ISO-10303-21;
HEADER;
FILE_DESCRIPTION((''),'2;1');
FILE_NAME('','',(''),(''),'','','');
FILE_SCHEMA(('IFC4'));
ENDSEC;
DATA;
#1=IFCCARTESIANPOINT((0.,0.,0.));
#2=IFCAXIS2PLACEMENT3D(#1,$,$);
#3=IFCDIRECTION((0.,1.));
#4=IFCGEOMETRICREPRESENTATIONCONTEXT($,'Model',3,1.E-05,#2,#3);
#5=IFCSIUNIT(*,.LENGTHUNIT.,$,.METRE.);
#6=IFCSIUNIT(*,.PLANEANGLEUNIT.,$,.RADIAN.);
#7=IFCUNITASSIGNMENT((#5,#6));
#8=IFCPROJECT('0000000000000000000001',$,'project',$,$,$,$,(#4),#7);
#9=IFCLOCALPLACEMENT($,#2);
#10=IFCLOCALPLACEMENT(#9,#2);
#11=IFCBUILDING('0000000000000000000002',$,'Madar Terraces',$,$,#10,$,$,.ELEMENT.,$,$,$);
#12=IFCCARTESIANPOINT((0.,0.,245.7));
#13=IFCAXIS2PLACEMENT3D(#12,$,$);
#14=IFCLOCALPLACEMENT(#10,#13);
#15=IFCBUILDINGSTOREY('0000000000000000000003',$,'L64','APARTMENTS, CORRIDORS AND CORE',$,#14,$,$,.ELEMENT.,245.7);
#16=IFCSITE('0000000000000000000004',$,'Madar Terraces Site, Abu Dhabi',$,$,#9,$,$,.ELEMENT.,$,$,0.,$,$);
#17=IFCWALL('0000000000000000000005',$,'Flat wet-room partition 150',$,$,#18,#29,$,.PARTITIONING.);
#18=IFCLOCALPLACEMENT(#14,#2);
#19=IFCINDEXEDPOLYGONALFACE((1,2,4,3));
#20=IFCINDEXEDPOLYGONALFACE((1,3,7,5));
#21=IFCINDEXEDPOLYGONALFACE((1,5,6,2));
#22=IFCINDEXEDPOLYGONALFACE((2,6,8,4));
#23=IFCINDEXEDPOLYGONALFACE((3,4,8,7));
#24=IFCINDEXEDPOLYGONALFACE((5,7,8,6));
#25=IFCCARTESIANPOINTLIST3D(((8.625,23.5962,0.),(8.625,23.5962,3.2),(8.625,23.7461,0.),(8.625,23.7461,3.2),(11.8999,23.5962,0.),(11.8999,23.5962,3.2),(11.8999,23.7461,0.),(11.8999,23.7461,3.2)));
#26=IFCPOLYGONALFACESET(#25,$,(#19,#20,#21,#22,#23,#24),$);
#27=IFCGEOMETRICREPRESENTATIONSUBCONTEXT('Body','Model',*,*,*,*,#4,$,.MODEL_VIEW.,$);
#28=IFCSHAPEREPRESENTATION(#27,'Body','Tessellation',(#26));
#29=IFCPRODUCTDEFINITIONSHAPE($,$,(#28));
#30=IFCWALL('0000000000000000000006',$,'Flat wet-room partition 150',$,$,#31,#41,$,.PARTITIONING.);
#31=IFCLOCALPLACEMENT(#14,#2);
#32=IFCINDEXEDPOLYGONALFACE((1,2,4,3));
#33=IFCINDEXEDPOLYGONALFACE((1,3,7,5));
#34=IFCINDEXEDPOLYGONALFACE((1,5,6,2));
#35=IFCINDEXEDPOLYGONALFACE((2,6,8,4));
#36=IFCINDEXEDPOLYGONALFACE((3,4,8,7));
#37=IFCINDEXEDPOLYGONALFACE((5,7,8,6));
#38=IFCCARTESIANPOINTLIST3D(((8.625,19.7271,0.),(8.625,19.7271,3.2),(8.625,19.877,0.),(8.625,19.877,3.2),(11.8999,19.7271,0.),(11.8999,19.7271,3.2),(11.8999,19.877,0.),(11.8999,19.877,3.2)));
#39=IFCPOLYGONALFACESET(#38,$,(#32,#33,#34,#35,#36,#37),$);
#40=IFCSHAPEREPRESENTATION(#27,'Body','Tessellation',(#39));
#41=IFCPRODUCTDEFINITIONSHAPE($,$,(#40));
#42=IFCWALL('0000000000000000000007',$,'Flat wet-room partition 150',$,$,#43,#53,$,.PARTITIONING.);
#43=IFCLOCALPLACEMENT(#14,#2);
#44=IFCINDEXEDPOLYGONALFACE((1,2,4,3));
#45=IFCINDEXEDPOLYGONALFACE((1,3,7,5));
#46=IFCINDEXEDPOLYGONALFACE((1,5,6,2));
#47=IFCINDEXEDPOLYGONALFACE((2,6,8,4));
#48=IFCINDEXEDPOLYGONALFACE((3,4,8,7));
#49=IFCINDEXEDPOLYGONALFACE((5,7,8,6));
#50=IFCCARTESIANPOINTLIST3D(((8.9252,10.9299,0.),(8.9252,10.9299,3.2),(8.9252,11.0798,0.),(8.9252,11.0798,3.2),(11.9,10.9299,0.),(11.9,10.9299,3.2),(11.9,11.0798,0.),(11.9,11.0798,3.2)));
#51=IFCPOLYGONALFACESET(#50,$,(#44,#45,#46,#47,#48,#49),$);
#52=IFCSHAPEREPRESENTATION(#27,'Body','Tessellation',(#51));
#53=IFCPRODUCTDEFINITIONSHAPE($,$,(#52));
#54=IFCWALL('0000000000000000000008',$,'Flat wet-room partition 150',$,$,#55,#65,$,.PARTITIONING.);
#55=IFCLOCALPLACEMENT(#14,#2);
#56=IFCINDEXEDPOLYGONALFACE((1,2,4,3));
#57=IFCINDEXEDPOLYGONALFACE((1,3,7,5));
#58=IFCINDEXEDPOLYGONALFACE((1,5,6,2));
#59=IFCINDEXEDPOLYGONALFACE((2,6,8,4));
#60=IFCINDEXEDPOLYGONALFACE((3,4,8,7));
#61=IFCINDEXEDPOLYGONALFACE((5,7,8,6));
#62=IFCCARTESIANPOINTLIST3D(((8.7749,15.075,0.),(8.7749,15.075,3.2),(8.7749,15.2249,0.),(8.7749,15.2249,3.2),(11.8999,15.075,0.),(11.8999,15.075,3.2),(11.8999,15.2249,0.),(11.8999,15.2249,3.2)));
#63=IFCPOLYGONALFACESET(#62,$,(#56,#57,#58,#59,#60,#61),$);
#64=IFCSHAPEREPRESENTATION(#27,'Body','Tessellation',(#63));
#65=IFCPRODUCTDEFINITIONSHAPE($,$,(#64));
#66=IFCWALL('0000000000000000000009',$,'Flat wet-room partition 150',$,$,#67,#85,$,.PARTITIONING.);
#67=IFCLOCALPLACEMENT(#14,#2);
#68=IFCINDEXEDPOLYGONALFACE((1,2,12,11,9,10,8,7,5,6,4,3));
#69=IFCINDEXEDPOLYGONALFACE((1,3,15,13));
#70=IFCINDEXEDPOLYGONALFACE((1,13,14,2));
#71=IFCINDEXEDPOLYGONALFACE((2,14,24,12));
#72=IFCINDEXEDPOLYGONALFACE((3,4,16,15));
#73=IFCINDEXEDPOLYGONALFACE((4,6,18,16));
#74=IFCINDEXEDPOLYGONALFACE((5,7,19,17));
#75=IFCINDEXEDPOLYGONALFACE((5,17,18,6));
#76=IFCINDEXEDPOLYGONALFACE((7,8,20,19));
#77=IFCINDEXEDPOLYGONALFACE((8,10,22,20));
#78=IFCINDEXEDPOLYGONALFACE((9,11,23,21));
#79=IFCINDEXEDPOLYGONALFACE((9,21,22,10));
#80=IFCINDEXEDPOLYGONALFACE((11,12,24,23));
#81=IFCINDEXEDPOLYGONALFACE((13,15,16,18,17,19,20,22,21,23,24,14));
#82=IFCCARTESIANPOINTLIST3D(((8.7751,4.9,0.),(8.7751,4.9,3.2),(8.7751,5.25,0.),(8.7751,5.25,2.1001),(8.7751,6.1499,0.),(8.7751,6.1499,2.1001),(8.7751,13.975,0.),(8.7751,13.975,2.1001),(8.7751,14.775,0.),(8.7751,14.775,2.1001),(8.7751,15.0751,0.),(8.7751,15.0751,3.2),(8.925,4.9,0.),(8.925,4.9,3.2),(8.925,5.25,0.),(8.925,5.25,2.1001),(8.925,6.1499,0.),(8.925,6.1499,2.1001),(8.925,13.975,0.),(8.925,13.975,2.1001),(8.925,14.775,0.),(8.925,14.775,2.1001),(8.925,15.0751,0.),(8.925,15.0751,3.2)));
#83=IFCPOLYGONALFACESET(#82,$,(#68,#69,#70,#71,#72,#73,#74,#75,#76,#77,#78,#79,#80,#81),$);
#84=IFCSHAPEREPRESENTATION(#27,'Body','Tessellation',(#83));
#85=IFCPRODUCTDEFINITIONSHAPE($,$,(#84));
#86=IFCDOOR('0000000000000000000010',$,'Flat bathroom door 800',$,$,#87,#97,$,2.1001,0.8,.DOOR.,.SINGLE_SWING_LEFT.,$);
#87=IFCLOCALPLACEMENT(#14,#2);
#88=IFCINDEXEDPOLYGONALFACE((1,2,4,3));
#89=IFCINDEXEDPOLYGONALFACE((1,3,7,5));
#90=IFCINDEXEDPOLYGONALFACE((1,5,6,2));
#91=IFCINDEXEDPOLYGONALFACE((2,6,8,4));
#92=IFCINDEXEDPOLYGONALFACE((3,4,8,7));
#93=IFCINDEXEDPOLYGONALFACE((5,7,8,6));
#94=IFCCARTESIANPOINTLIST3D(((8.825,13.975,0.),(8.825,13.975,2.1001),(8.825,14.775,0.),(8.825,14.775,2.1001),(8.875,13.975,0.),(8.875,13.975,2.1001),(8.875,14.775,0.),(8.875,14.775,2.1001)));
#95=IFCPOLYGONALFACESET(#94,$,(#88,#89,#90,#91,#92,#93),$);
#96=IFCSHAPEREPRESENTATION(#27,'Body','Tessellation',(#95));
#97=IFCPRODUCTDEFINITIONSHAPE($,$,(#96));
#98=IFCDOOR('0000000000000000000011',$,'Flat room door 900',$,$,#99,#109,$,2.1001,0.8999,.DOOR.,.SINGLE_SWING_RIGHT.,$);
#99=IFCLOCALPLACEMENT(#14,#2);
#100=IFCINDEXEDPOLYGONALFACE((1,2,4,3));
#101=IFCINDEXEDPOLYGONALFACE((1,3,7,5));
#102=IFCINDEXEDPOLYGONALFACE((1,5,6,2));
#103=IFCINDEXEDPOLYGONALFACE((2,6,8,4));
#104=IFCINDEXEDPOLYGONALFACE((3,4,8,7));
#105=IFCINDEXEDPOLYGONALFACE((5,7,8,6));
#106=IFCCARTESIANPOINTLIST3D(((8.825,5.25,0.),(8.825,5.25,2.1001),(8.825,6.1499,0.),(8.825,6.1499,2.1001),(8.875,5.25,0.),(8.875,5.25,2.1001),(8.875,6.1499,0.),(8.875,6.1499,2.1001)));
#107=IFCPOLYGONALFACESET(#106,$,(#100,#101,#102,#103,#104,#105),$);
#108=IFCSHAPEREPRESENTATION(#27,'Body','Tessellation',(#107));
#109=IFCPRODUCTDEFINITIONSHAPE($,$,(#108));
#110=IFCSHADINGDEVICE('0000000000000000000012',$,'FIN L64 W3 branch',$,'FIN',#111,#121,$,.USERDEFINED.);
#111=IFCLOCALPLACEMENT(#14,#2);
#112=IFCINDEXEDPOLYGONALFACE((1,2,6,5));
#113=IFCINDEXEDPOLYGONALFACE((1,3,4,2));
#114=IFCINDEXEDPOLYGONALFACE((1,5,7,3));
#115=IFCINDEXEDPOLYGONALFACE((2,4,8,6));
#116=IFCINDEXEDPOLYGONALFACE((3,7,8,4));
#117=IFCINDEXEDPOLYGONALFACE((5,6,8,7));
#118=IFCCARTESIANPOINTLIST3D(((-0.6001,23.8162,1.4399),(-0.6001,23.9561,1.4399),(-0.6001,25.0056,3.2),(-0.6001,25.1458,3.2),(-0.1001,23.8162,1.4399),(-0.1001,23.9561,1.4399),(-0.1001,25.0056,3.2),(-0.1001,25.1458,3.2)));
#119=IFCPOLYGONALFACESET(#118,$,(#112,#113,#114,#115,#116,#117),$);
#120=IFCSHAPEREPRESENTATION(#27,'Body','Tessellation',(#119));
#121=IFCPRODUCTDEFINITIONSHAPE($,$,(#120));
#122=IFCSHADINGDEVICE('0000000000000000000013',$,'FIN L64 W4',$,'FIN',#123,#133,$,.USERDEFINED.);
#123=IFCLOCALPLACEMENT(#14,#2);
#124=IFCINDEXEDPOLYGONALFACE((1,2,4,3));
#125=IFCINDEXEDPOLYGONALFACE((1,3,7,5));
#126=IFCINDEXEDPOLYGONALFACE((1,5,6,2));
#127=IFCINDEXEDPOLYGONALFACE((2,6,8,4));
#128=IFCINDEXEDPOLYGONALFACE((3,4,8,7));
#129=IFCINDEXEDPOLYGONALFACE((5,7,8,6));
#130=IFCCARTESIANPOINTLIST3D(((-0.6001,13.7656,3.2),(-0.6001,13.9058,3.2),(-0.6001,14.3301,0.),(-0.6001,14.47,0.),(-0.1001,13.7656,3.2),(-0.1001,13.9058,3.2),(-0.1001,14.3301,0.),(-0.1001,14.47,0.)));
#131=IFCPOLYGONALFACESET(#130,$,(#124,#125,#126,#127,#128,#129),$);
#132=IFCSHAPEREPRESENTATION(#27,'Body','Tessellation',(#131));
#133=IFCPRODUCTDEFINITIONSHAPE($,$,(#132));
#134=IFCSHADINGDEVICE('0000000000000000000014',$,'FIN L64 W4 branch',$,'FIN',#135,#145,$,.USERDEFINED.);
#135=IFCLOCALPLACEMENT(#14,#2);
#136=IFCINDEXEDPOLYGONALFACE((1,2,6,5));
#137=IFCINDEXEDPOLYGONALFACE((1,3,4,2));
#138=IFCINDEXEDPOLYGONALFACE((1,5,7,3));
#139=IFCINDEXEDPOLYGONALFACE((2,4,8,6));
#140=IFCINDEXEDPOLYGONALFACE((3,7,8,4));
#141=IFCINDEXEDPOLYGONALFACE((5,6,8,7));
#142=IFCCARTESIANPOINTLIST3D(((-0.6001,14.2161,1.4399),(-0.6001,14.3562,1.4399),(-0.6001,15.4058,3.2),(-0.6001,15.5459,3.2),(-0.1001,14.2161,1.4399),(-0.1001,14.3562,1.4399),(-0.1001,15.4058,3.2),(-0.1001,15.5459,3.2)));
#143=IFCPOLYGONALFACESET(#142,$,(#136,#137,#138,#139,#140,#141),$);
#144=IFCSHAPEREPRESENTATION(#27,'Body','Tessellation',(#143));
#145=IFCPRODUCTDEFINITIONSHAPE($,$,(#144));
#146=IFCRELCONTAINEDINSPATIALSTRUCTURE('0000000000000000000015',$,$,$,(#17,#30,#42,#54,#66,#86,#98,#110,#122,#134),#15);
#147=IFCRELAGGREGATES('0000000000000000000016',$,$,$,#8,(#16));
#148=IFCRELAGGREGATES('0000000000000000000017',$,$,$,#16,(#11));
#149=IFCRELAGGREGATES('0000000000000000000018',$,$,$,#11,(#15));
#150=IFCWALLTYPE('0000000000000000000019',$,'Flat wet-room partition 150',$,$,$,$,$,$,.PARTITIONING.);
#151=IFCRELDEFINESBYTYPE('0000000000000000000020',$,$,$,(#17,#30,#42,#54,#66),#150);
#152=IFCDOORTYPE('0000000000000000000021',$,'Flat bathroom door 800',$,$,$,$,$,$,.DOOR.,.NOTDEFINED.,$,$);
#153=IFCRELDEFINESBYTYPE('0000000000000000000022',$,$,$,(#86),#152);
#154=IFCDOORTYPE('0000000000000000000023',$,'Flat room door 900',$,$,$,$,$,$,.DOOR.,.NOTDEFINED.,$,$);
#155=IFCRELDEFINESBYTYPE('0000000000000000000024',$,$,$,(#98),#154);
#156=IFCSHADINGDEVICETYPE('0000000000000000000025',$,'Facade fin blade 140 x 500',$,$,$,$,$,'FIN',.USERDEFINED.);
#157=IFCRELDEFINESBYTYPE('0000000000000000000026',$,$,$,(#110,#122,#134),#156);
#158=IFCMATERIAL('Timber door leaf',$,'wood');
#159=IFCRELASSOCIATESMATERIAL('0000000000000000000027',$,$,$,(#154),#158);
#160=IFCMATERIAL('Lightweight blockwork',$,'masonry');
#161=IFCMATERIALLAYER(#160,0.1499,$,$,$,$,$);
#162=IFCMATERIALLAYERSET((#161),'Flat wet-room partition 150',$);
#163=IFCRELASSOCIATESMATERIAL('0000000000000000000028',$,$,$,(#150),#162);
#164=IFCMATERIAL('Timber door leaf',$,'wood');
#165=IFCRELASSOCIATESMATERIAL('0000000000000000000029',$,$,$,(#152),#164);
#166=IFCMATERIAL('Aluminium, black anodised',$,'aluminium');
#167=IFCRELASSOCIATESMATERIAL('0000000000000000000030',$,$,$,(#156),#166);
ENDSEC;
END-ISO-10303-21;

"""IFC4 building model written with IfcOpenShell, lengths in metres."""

from ifc_helpers import new_model, si_unit, direction, frame, frame_2d, origin, place, context, subcontext, project, spatial, polyline, rectangle, outline, extrude, material, layer, layer_set, type_object, element, fill, save


model = new_model("IFC4")

# Units and contexts
model_context = context("Model", 3, precision=1e-05, world=origin(), true_north=direction((0.0, 1.0)))
body_context = subcontext(model_context, "Body", "Model", "MODEL_VIEW")
ifc_project = project(units=[si_unit("LENGTHUNIT", "METRE"), si_unit("PLANEANGLEUNIT", "RADIAN")], contexts=[model_context])

# Site, building, storey
site_placement = place(None, origin())
site = spatial("IfcSite", under=ifc_project, at=site_placement, Name="Madar Terraces Site, Abu Dhabi", CompositionType="ELEMENT", RefElevation=0.0)
building_placement = place(site_placement, origin())
building = spatial("IfcBuilding", under=site, at=building_placement, Name="Madar Terraces", CompositionType="ELEMENT")
storey_placement = place(building_placement, frame((0.0, 0.0, 245.7)))
storey = spatial("IfcBuildingStorey", under=building, at=storey_placement, Name="L64", Description="APARTMENTS, CORRIDORS AND CORE", CompositionType="ELEMENT", Elevation=245.7)

# Shared definitions
ifc_material_1 = material(Name="Timber door leaf", Category="wood")
door_type_1 = type_object("IfcDoorType", Name="Flat room door 900", OperationType="NOTDEFINED", PredefinedType="DOOR", material=ifc_material_1)

# Walls
ifc_material_2 = material(Name="Lightweight blockwork", Category="masonry")
ifc_layer_1 = layer(ifc_material_2, 0.1499)
ifc_layer_set_1 = layer_set([ifc_layer_1], Name="Flat wet-room partition 150")
wall_type_1 = type_object("IfcWallType", Name="Flat wet-room partition 150", PredefinedType="PARTITIONING", material=ifc_layer_set_1)
for number, where, z_axis, x_axis, name in (
    (1, (11.8999, 23.6711, 0.0), (0.0, 0.0, 1.0), (-1.0, 0.0, 0.0), "Flat wet-room partition 150"),
    (2, (11.8999, 19.802, 0.0), (0.0, 0.0, 1.0), (-1.0, 0.0, 0.0), "Flat wet-room partition 150"),
):
    element("IfcWall", number, at=place(storey_placement, frame(where, z_axis=z_axis, x_axis=x_axis)), inside=storey, type_object=wall_type_1, Name=name, PredefinedType="PARTITIONING", context=body_context, shape_type="SweptSolid", body=[
        extrude(rectangle(XDim=3.2749, YDim=0.1499, at=frame_2d((1.6375, 0.0))), origin(), (0.0, 0.0, 1.0), 3.2),
    ])
wall_1_placement = place(storey_placement, frame((11.8999, 11.0049, 0.0), z_axis=(0.0, 0.0, 1.0), x_axis=(-1.0, 0.0, 0.0)))
element("IfcWall", 3, at=wall_1_placement, inside=storey, type_object=wall_type_1, Name="Flat wet-room partition 150", PredefinedType="PARTITIONING", context=body_context, shape_type="SweptSolid", body=[
    extrude(rectangle(XDim=2.9749, YDim=0.1499, at=frame_2d((1.4873, 0.0))), origin(), (0.0, 0.0, 1.0), 3.2),
])
wall_2_placement = place(storey_placement, frame((11.8999, 15.1499, 0.0), z_axis=(0.0, 0.0, 1.0), x_axis=(-1.0, 0.0, 0.0)))
element("IfcWall", 4, at=wall_2_placement, inside=storey, type_object=wall_type_1, Name="Flat wet-room partition 150", PredefinedType="PARTITIONING", context=body_context, shape_type="SweptSolid", body=[
    extrude(rectangle(XDim=3.125, YDim=0.1499, at=frame_2d((1.5625, 0.0))), origin(), (0.0, 0.0, 1.0), 3.2),
])

# Wall, openings, doors
wall_3_placement = place(storey_placement, frame((8.8501, 15.075, 0.0), z_axis=(0.0, 0.0, 1.0), x_axis=(0.0, -1.0, 0.0)))
wall_3 = element("IfcWall", 5, at=wall_3_placement, inside=storey, type_object=wall_type_1, Name="Flat wet-room partition 150", PredefinedType="PARTITIONING", context=body_context, shape_type="SweptSolid", body=[
    extrude(rectangle(XDim=10.175, YDim=0.1499, at=frame_2d((5.0874, 0.0))), origin(), (0.0, 0.0, 1.0), 3.2),
])
opening_1_placement = place(wall_3_placement, frame((0.3, 0.0, 0.0)))
opening_1 = element("IfcOpeningElement", 6, at=opening_1_placement, cuts=wall_3, PredefinedType="OPENING", context=body_context, shape_type="SweptSolid", body=[
    extrude(rectangle(XDim=0.8, YDim=2.1001, at=frame_2d((0.3999, 1.05))), frame((0.0, 0.085, 0.0), z_axis=(0.0, -1.0, 0.0), x_axis=(1.0, 0.0, 0.0)), (0.0, 0.0, 1.0), 0.1699),
])
opening_2_placement = place(wall_3_placement, frame((8.925, 0.0, 0.0)))
opening_2 = element("IfcOpeningElement", 7, at=opening_2_placement, cuts=wall_3, PredefinedType="OPENING", context=body_context, shape_type="SweptSolid", body=[
    extrude(rectangle(XDim=0.8999, YDim=2.1001, at=frame_2d((0.45, 1.05))), frame((0.0, 0.085, 0.0), z_axis=(0.0, -1.0, 0.0), x_axis=(1.0, 0.0, 0.0)), (0.0, 0.0, 1.0), 0.1699),
])
ifc_material_3 = material(Name="Timber door leaf", Category="wood")
door_type_2 = type_object("IfcDoorType", Name="Flat bathroom door 800", OperationType="NOTDEFINED", PredefinedType="DOOR", material=ifc_material_3)
door_1_placement = place(opening_1_placement, origin())
door_1 = element("IfcDoor", 8, at=door_1_placement, inside=storey, type_object=door_type_2, Name="Flat bathroom door 800", OperationType="SINGLE_SWING_LEFT", OverallHeight=2.1001, OverallWidth=0.8, PredefinedType="DOOR", context=body_context, shape_type="SweptSolid", body=[
    extrude(rectangle(XDim=0.8, YDim=2.1001, at=frame_2d((0.3999, 1.05))), frame((0.0, 0.0249, 0.0), z_axis=(0.0, -1.0, 0.0), x_axis=(1.0, 0.0, 0.0)), (0.0, 0.0, 1.0), 0.05),
])
fill(opening_1, door_1)
door_2_placement = place(opening_2_placement, origin())
door_2 = element("IfcDoor", 9, at=door_2_placement, inside=storey, type_object=door_type_1, Name="Flat room door 900", OperationType="SINGLE_SWING_RIGHT", OverallHeight=2.1001, OverallWidth=0.8999, PredefinedType="DOOR", context=body_context, shape_type="SweptSolid", body=[
    extrude(rectangle(XDim=0.8999, YDim=2.1001, at=frame_2d((0.45, 1.05))), frame((0.0, 0.0249, 0.0), z_axis=(0.0, -1.0, 0.0), x_axis=(1.0, 0.0, 0.0)), (0.0, 0.0, 1.0), 0.05),
])
fill(opening_2, door_2)

# Shading devices
ifc_material_4 = material(Name="Aluminium, black anodised", Category="aluminium")
shading_device_type = type_object("IfcShadingDeviceType", Name="Facade fin blade 140 x 500", ElementType="FIN", PredefinedType="USERDEFINED", material=ifc_material_4)
shading_device_1_placement = place(storey_placement, frame((-0.3501, 23.9561, 1.4399), z_axis=(0.0, 0.0, 1.0), x_axis=(0.0, -1.0, 0.0)))
element("IfcShadingDevice", 10, at=shading_device_1_placement, inside=storey, type_object=shading_device_type, Name="FIN L64 W3 branch", ObjectType="FIN", PredefinedType="USERDEFINED", context=body_context, shape_type="SweptSolid", body=[
    extrude(outline(polyline([(0.0, 0.0), (0.1399, 0.0), (-1.0496, 1.76), (-1.1897, 1.76), (0.0, 0.0)])), frame((0.0, 0.25, 0.0), z_axis=(0.0, -1.0, 0.0), x_axis=(1.0, 0.0, 0.0)), (0.0, 0.0, 1.0), 0.5),
])
shading_device_2_placement = place(storey_placement, frame((-0.3501, 14.47, 0.0), z_axis=(0.0, 0.0, 1.0), x_axis=(0.0, -1.0, 0.0)))
element("IfcShadingDevice", 11, at=shading_device_2_placement, inside=storey, type_object=shading_device_type, Name="FIN L64 W4", ObjectType="FIN", PredefinedType="USERDEFINED", context=body_context, shape_type="SweptSolid", body=[
    extrude(outline(polyline([(0.0, 0.0), (0.1399, 0.0), (0.7043, 3.2), (0.5642, 3.2), (0.0, 0.0)])), frame((0.0, 0.25, 0.0), z_axis=(0.0, -1.0, 0.0), x_axis=(1.0, 0.0, 0.0)), (0.0, 0.0, 1.0), 0.5),
])
shading_device_3_placement = place(storey_placement, frame((-0.3501, 14.3562, 1.4399), z_axis=(0.0, 0.0, 1.0), x_axis=(0.0, -1.0, 0.0)))
element("IfcShadingDevice", 12, at=shading_device_3_placement, inside=storey, type_object=shading_device_type, Name="FIN L64 W4 branch", ObjectType="FIN", PredefinedType="USERDEFINED", context=body_context, shape_type="SweptSolid", body=[
    extrude(outline(polyline([(0.0, 0.0), (0.1401, 0.0), (-1.0496, 1.76), (-1.1897, 1.76), (0.0, 0.0)])), frame((0.0, 0.25, 0.0), z_axis=(0.0, -1.0, 0.0), x_axis=(1.0, 0.0, 0.0)), (0.0, 0.0, 1.0), 0.5),
])

save(model, "model.ifc")
